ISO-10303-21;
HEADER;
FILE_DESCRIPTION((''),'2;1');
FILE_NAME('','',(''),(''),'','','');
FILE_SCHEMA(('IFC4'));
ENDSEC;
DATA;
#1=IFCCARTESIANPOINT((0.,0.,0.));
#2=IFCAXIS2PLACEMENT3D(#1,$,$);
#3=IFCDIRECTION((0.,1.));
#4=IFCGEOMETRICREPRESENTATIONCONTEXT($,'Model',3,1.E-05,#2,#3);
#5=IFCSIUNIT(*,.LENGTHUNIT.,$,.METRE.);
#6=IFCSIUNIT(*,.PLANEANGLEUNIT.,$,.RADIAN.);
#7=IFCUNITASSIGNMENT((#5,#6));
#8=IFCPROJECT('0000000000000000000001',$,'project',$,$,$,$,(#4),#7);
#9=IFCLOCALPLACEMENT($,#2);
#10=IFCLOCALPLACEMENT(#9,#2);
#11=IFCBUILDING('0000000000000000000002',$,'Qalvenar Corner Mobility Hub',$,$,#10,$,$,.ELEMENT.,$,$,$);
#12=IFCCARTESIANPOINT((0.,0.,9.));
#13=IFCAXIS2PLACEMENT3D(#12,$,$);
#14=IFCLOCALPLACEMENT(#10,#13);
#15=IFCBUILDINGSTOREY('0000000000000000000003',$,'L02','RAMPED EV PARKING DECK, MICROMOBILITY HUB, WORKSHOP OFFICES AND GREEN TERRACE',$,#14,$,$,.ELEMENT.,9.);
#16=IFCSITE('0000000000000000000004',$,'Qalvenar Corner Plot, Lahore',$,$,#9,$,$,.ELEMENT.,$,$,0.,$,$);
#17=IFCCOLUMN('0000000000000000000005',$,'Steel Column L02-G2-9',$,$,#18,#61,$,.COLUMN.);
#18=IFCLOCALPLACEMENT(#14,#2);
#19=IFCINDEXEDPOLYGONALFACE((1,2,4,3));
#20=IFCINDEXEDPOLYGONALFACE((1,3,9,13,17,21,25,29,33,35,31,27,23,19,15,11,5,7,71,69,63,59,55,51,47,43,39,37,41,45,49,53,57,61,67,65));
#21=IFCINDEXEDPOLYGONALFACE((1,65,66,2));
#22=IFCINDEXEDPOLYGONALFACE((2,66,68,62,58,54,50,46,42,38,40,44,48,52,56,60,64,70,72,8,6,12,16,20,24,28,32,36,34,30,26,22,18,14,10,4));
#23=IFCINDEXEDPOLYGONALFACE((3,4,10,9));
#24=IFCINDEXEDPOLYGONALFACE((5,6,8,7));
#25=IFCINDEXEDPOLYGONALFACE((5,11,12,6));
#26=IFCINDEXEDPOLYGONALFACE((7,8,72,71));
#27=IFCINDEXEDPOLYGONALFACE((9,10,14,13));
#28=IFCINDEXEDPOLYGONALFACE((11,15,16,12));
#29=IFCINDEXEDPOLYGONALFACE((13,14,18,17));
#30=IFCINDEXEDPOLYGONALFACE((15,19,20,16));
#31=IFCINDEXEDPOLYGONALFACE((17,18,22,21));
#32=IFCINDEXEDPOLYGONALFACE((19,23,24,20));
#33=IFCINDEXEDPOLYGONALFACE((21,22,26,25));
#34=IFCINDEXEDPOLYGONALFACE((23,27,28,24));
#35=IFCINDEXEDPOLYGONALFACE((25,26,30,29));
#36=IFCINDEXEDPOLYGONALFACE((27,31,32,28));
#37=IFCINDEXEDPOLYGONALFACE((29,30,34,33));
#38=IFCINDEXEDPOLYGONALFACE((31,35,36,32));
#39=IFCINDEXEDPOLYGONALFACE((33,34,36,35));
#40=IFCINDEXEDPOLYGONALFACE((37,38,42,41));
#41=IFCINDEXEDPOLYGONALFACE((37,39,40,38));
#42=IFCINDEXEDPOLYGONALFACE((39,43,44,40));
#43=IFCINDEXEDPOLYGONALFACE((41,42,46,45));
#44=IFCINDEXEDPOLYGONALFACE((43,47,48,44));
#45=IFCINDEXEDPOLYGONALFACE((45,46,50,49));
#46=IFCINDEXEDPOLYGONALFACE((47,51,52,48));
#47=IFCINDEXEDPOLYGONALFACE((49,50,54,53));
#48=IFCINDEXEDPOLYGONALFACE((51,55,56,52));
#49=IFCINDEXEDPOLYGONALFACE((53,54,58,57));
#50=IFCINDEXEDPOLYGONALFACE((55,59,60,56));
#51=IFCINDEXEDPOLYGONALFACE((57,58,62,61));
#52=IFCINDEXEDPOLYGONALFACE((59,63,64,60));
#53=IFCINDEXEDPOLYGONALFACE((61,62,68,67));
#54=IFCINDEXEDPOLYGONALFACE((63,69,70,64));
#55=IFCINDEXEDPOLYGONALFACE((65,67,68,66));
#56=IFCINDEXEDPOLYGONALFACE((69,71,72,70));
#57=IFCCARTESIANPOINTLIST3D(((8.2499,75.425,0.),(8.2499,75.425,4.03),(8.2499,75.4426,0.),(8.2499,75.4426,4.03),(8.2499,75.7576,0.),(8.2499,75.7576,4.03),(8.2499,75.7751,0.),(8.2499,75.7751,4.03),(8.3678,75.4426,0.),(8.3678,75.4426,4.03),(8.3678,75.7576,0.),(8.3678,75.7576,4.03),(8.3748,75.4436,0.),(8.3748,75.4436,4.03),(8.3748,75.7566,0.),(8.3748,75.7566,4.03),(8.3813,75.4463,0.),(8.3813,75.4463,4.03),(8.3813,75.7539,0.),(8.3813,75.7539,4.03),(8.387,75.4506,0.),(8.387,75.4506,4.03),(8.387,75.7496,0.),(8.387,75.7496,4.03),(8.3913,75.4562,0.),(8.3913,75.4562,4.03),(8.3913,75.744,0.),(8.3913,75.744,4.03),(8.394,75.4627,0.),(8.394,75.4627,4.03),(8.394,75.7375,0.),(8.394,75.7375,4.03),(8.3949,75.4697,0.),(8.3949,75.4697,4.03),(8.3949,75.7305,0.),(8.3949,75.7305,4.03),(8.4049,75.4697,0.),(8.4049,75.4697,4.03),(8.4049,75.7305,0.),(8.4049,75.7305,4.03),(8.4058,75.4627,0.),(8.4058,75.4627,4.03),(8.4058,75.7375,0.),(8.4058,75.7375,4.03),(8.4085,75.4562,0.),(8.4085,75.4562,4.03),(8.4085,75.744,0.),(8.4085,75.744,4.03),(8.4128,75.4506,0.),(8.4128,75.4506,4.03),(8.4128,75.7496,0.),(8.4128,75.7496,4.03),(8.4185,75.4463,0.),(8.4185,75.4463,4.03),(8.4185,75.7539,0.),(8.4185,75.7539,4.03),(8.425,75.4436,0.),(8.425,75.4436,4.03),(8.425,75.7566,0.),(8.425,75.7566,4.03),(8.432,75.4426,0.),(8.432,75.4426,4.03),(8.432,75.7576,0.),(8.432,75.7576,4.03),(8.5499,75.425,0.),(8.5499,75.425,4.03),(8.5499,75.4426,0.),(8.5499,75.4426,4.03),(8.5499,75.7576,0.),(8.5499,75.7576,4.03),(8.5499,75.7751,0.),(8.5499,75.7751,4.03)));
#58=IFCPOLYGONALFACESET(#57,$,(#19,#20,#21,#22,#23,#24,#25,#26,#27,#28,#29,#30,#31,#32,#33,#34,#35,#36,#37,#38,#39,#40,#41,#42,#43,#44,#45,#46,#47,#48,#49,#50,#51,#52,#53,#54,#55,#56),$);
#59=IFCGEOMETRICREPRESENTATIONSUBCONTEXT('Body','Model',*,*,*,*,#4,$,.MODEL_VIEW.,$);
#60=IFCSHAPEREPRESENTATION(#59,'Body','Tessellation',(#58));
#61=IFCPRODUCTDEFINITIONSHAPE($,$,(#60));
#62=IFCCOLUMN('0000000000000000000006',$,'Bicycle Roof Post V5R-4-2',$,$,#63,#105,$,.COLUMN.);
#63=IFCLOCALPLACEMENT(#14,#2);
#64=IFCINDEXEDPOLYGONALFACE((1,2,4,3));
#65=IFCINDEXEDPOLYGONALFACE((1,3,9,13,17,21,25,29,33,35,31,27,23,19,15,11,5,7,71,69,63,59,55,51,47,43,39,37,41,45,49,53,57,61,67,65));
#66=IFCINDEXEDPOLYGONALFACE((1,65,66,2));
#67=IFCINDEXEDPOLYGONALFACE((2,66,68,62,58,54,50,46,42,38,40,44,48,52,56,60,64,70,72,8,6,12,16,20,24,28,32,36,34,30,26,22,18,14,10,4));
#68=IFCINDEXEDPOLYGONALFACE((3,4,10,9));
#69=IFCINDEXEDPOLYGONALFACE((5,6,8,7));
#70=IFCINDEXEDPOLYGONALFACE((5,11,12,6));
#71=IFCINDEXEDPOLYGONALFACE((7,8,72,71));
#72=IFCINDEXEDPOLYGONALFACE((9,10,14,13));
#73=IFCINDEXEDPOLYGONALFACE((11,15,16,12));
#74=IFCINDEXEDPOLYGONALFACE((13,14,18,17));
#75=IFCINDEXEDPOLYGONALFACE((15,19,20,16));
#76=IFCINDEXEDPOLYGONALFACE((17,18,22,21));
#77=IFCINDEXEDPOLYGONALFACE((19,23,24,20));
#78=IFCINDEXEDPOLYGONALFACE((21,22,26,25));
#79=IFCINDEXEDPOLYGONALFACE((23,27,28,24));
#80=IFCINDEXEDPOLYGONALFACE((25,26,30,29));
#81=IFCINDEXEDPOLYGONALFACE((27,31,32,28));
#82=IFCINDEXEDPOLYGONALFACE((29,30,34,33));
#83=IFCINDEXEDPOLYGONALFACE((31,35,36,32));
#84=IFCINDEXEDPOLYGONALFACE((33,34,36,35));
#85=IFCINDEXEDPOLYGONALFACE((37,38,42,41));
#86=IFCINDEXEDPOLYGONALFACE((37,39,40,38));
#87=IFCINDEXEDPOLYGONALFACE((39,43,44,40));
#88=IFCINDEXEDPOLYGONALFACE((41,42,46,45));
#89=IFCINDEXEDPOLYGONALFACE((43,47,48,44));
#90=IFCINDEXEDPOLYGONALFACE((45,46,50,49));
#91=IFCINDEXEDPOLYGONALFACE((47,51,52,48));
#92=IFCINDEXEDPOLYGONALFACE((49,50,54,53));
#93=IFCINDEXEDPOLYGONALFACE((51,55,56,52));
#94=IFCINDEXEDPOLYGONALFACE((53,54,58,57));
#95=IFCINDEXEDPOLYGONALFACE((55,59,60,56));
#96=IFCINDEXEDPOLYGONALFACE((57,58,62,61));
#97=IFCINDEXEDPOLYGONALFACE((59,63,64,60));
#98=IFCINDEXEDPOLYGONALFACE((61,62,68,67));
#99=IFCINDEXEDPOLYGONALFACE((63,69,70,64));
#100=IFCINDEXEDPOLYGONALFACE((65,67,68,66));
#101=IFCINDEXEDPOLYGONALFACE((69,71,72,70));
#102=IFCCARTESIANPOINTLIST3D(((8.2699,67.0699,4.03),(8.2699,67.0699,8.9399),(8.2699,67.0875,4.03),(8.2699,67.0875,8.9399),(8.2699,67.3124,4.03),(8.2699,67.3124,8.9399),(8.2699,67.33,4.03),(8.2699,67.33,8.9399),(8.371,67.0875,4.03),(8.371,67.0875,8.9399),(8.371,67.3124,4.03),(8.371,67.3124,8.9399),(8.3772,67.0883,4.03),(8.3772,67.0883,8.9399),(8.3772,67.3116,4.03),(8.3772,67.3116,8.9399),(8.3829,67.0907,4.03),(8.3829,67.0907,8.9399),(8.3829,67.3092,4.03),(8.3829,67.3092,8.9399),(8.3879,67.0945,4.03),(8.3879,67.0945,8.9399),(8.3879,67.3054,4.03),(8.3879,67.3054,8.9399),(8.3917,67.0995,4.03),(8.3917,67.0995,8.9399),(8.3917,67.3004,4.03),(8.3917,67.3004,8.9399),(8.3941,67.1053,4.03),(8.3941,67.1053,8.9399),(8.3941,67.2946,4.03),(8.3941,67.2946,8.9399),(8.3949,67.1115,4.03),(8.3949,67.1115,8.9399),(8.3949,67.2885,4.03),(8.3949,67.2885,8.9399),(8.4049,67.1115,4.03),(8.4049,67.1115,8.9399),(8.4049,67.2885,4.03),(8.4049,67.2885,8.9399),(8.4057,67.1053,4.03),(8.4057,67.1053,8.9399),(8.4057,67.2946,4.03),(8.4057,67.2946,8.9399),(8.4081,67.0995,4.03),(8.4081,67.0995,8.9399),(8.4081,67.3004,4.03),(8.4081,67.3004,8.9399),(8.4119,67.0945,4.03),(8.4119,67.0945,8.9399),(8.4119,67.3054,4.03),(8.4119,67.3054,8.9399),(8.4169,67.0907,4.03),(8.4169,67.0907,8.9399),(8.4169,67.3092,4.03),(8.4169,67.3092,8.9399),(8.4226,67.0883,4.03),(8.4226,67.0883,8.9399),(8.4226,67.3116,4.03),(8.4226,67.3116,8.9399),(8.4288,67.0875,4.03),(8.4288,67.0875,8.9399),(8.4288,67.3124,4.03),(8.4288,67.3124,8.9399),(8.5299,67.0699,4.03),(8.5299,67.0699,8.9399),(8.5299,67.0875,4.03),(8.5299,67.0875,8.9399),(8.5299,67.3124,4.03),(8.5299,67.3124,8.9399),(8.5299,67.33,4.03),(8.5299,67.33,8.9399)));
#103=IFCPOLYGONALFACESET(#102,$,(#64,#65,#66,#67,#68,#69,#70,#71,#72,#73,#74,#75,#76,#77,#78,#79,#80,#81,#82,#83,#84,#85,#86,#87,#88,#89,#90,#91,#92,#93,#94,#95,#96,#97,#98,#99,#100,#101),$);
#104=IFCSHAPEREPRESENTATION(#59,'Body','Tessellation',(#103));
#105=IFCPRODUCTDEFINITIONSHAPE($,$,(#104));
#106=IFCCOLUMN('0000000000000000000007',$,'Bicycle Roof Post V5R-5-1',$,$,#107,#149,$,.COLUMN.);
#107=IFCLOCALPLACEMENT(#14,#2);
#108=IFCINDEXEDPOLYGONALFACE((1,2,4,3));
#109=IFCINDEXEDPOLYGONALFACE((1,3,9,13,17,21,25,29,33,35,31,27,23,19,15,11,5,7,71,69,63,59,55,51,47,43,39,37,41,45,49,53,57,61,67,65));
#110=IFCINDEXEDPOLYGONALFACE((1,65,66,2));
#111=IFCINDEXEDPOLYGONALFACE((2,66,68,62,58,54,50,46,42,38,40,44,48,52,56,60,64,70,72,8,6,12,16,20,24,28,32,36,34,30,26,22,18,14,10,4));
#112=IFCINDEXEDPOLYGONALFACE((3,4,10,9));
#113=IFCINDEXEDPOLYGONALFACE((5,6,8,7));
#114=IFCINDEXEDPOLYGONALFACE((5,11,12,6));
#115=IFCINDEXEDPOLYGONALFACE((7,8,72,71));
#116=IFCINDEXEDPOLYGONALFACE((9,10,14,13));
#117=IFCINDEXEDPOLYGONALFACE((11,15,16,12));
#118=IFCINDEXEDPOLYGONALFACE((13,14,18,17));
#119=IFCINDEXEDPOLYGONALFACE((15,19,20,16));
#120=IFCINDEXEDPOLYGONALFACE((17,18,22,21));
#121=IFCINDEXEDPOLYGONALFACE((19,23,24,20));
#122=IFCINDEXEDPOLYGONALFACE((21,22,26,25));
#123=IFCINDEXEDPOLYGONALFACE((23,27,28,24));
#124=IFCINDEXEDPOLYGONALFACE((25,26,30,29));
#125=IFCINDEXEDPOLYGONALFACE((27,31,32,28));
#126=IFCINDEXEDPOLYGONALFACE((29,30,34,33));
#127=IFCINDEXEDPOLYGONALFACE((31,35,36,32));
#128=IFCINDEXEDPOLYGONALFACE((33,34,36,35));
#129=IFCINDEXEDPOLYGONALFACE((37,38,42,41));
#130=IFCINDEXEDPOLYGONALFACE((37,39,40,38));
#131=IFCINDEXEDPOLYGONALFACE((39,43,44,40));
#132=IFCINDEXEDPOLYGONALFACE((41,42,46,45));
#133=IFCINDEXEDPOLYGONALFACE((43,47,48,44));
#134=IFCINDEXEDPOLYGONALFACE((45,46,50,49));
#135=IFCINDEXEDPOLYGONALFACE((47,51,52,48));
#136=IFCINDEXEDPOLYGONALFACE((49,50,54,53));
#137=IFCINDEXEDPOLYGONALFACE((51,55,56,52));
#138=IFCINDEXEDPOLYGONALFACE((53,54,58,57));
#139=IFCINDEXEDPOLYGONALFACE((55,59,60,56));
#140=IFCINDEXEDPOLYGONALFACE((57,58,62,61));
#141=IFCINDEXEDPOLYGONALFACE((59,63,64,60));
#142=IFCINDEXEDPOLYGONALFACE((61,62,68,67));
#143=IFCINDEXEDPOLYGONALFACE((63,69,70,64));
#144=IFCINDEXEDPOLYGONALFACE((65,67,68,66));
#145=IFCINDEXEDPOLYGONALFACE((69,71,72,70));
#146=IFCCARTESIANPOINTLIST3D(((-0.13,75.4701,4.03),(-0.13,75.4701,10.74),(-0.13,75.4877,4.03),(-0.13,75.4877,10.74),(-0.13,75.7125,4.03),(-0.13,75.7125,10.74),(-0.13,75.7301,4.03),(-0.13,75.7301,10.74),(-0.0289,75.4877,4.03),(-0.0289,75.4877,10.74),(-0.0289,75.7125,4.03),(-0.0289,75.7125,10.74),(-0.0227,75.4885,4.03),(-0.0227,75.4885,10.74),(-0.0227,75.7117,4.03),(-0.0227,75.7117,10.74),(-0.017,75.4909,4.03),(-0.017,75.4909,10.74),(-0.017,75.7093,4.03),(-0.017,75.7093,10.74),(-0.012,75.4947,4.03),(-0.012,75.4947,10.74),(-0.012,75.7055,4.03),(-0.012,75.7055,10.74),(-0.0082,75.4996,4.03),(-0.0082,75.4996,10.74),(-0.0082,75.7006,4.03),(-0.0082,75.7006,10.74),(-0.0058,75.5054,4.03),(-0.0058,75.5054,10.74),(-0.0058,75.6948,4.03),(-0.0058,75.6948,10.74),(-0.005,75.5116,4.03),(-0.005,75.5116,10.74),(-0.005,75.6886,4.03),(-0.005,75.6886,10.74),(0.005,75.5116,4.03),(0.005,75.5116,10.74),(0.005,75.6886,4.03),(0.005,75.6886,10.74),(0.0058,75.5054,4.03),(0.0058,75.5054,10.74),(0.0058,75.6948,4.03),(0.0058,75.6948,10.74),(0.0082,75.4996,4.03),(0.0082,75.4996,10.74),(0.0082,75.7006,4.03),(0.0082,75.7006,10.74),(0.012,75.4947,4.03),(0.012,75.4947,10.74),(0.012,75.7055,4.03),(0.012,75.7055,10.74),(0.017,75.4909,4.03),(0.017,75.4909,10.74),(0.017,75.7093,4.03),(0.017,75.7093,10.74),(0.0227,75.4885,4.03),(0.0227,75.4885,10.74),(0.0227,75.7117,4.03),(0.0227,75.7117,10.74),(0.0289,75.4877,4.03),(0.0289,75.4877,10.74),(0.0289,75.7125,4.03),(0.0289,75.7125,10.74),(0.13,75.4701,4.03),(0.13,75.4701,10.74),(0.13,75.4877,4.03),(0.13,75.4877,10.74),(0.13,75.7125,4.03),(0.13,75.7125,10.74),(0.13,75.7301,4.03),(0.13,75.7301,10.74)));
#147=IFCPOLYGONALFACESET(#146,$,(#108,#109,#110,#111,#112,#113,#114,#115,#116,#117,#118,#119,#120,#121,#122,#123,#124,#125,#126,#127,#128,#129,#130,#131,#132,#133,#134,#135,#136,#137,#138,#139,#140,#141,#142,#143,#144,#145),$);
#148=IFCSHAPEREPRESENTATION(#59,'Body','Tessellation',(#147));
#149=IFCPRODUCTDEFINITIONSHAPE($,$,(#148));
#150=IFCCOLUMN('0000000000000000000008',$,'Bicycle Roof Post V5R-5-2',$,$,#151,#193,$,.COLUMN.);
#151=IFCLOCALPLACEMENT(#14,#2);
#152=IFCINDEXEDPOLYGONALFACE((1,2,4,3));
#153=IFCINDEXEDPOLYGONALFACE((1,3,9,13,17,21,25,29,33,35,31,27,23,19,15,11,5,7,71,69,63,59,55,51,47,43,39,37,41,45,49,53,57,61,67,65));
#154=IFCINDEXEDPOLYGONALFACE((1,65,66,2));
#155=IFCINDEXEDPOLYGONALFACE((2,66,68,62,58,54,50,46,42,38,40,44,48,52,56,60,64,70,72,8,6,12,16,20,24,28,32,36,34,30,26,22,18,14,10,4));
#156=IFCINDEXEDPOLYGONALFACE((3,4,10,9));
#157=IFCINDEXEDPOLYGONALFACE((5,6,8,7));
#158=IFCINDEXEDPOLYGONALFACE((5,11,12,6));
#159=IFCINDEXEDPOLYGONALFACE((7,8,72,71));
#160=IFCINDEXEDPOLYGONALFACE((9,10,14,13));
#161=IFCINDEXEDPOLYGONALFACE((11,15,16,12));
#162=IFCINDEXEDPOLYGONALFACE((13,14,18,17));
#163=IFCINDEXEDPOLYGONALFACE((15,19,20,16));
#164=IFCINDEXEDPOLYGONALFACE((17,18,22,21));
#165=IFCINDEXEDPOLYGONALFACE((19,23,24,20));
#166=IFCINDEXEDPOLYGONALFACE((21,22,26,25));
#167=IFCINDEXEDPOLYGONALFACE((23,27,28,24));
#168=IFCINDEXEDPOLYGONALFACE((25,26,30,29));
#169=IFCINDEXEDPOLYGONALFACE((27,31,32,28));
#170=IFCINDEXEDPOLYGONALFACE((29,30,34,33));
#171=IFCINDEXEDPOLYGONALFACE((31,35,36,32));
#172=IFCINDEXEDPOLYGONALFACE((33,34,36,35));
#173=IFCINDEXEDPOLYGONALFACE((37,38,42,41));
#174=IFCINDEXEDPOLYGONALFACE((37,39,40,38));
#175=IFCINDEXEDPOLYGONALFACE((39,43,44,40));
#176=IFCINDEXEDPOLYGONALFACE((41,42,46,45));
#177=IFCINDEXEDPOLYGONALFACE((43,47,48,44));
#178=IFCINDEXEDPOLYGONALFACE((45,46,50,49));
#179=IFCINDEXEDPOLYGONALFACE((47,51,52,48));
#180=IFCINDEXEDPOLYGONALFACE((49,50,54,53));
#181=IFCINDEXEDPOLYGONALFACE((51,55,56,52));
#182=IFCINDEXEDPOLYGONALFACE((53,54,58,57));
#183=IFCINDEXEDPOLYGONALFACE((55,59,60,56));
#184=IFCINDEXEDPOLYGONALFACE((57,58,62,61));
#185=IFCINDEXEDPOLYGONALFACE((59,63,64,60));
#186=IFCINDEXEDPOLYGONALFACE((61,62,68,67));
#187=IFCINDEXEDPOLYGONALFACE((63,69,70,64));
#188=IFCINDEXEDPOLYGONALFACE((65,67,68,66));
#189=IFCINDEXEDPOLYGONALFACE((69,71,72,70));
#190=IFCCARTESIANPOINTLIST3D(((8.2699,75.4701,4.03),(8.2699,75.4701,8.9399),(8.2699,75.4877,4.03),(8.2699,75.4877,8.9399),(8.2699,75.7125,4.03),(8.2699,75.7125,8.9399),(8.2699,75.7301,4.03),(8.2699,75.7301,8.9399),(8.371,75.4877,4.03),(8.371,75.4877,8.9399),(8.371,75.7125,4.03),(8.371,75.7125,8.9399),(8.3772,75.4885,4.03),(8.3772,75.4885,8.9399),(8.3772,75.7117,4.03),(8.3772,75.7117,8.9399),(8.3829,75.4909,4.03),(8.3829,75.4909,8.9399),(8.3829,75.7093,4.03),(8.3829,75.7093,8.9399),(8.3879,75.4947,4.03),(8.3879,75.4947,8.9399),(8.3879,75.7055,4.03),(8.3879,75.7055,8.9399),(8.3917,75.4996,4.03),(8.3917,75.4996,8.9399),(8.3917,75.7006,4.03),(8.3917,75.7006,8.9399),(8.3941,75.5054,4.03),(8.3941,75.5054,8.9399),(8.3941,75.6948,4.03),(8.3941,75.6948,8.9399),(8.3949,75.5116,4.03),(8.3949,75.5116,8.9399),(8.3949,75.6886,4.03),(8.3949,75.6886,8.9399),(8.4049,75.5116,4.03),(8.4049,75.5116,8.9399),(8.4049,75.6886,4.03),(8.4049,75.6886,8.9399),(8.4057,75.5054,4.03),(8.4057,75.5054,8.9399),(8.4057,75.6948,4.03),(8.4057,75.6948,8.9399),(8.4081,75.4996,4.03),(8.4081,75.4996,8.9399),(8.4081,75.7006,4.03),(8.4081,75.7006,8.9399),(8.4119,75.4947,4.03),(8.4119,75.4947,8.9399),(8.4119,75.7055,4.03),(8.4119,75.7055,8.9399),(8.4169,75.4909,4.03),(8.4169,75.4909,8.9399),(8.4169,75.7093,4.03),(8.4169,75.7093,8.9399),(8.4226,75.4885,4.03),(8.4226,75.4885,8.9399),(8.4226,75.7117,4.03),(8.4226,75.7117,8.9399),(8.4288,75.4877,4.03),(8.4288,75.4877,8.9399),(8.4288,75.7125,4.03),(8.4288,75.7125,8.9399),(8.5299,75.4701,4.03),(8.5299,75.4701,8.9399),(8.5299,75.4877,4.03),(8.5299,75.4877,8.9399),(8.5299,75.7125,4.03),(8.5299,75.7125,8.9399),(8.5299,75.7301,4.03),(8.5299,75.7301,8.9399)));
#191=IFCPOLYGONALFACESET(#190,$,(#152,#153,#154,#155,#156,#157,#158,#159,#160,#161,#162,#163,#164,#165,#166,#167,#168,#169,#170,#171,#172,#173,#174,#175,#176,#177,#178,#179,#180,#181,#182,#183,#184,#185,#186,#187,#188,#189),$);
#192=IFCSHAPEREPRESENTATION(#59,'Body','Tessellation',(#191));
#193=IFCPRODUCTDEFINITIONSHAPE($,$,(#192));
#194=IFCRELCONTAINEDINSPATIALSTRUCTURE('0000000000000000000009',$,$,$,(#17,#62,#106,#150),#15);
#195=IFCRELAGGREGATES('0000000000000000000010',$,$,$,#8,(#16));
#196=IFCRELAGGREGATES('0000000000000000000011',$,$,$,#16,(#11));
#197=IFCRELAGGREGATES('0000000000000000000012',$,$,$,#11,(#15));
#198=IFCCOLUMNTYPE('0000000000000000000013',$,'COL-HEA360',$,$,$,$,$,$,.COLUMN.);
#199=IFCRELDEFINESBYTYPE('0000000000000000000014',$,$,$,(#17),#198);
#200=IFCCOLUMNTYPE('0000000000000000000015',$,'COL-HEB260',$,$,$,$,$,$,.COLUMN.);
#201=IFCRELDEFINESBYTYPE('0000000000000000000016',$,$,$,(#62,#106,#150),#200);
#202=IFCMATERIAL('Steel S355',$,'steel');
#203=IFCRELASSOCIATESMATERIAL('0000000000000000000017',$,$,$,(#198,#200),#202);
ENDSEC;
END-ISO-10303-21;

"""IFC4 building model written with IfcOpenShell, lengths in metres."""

from ifc_helpers import new_model, si_unit, direction, frame, origin, origin_2d, place, context, subcontext, project, spatial, i_section, extrude, material, material_profile, profile_set, type_object, element, save


model = new_model("IFC4")

# Units and contexts
model_context = context("Model", 3, precision=1e-05, world=origin(), true_north=direction((0.0, 1.0)))
body_context = subcontext(model_context, "Body", "Model", "MODEL_VIEW")
ifc_project = project(units=[si_unit("LENGTHUNIT", "METRE"), si_unit("PLANEANGLEUNIT", "RADIAN")], contexts=[model_context])

# Site, building, storey
site_placement = place(None, origin())
site = spatial("IfcSite", under=ifc_project, at=site_placement, Name="Qalvenar Corner Plot, Lahore", CompositionType="ELEMENT", RefElevation=0.0)
building_placement = place(site_placement, origin())
building = spatial("IfcBuilding", under=site, at=building_placement, Name="Qalvenar Corner Mobility Hub", CompositionType="ELEMENT")
storey_placement = place(building_placement, frame((0.0, 0.0, 9.0)))
storey = spatial("IfcBuildingStorey", under=building, at=storey_placement, Name="L02", Description="RAMPED EV PARKING DECK, MICROMOBILITY HUB, WORKSHOP OFFICES AND GREEN TERRACE", CompositionType="ELEMENT", Elevation=9.0)

# Columns
ifc_material_1 = material(Name="Steel S355", Category="steel")
ifc_material_profile_1 = material_profile(ifc_material_1, i_section(OverallWidth=0.3, OverallDepth=0.3501, WebThickness=0.01, FlangeThickness=0.0176, FilletRadius=0.0271, at=origin_2d()), Name="HEA360")
ifc_profile_set_1 = profile_set([ifc_material_profile_1], Name="Steel S355")
column_type_1 = type_object("IfcColumnType", Name="COL-HEA360", PredefinedType="COLUMN", material=ifc_profile_set_1)
column_1_placement = place(storey_placement, frame((8.3999, 75.6001, 0.0), z_axis=(0.0, 0.0, 1.0), x_axis=(1.0, 0.0, 0.0)))
element("IfcColumn", 1, at=column_1_placement, inside=storey, type_object=column_type_1, Name="Steel Column L02-G2-9", PredefinedType="COLUMN", context=body_context, shape_type="SweptSolid", body=[
    extrude(i_section(OverallWidth=0.3, OverallDepth=0.3501, WebThickness=0.01, FlangeThickness=0.0176, FilletRadius=0.0271, at=origin_2d()), origin(), (0.0, 0.0, 1.0), 4.03),
])
ifc_material_profile_2 = material_profile(ifc_material_1, i_section(OverallWidth=0.26, OverallDepth=0.26, WebThickness=0.01, FlangeThickness=0.0176, FilletRadius=0.0239, at=origin_2d()), Name="HEB260")
ifc_profile_set_2 = profile_set([ifc_material_profile_2], Name="Steel S355")
column_type_2 = type_object("IfcColumnType", Name="COL-HEB260", PredefinedType="COLUMN", material=ifc_profile_set_2)
column_2_placement = place(storey_placement, frame((8.3999, 67.2, 4.03), z_axis=(0.0, 0.0, 1.0), x_axis=(1.0, 0.0, 0.0)))
element("IfcColumn", 2, at=column_2_placement, inside=storey, type_object=column_type_2, Name="Bicycle Roof Post V5R-4-2", PredefinedType="COLUMN", context=body_context, shape_type="SweptSolid", body=[
    extrude(i_section(OverallWidth=0.26, OverallDepth=0.26, WebThickness=0.01, FlangeThickness=0.0176, FilletRadius=0.0239, at=origin_2d()), origin(), (0.0, 0.0, 1.0), 4.9099),
])
column_3_placement = place(storey_placement, frame((0.0, 75.6001, 4.03), z_axis=(0.0, 0.0, 1.0), x_axis=(1.0, 0.0, 0.0)))
element("IfcColumn", 3, at=column_3_placement, inside=storey, type_object=column_type_2, Name="Bicycle Roof Post V5R-5-1", PredefinedType="COLUMN", context=body_context, shape_type="SweptSolid", body=[
    extrude(i_section(OverallWidth=0.26, OverallDepth=0.26, WebThickness=0.01, FlangeThickness=0.0176, FilletRadius=0.0239, at=origin_2d()), origin(), (0.0, 0.0, 1.0), 6.71),
])
column_4_placement = place(storey_placement, frame((8.3999, 75.6001, 4.03), z_axis=(0.0, 0.0, 1.0), x_axis=(1.0, 0.0, 0.0)))
element("IfcColumn", 4, at=column_4_placement, inside=storey, type_object=column_type_2, Name="Bicycle Roof Post V5R-5-2", PredefinedType="COLUMN", context=body_context, shape_type="SweptSolid", body=[
    extrude(i_section(OverallWidth=0.26, OverallDepth=0.26, WebThickness=0.01, FlangeThickness=0.0176, FilletRadius=0.0239, at=origin_2d()), origin(), (0.0, 0.0, 1.0), 4.9099),
])

save(model, "model.ifc")
